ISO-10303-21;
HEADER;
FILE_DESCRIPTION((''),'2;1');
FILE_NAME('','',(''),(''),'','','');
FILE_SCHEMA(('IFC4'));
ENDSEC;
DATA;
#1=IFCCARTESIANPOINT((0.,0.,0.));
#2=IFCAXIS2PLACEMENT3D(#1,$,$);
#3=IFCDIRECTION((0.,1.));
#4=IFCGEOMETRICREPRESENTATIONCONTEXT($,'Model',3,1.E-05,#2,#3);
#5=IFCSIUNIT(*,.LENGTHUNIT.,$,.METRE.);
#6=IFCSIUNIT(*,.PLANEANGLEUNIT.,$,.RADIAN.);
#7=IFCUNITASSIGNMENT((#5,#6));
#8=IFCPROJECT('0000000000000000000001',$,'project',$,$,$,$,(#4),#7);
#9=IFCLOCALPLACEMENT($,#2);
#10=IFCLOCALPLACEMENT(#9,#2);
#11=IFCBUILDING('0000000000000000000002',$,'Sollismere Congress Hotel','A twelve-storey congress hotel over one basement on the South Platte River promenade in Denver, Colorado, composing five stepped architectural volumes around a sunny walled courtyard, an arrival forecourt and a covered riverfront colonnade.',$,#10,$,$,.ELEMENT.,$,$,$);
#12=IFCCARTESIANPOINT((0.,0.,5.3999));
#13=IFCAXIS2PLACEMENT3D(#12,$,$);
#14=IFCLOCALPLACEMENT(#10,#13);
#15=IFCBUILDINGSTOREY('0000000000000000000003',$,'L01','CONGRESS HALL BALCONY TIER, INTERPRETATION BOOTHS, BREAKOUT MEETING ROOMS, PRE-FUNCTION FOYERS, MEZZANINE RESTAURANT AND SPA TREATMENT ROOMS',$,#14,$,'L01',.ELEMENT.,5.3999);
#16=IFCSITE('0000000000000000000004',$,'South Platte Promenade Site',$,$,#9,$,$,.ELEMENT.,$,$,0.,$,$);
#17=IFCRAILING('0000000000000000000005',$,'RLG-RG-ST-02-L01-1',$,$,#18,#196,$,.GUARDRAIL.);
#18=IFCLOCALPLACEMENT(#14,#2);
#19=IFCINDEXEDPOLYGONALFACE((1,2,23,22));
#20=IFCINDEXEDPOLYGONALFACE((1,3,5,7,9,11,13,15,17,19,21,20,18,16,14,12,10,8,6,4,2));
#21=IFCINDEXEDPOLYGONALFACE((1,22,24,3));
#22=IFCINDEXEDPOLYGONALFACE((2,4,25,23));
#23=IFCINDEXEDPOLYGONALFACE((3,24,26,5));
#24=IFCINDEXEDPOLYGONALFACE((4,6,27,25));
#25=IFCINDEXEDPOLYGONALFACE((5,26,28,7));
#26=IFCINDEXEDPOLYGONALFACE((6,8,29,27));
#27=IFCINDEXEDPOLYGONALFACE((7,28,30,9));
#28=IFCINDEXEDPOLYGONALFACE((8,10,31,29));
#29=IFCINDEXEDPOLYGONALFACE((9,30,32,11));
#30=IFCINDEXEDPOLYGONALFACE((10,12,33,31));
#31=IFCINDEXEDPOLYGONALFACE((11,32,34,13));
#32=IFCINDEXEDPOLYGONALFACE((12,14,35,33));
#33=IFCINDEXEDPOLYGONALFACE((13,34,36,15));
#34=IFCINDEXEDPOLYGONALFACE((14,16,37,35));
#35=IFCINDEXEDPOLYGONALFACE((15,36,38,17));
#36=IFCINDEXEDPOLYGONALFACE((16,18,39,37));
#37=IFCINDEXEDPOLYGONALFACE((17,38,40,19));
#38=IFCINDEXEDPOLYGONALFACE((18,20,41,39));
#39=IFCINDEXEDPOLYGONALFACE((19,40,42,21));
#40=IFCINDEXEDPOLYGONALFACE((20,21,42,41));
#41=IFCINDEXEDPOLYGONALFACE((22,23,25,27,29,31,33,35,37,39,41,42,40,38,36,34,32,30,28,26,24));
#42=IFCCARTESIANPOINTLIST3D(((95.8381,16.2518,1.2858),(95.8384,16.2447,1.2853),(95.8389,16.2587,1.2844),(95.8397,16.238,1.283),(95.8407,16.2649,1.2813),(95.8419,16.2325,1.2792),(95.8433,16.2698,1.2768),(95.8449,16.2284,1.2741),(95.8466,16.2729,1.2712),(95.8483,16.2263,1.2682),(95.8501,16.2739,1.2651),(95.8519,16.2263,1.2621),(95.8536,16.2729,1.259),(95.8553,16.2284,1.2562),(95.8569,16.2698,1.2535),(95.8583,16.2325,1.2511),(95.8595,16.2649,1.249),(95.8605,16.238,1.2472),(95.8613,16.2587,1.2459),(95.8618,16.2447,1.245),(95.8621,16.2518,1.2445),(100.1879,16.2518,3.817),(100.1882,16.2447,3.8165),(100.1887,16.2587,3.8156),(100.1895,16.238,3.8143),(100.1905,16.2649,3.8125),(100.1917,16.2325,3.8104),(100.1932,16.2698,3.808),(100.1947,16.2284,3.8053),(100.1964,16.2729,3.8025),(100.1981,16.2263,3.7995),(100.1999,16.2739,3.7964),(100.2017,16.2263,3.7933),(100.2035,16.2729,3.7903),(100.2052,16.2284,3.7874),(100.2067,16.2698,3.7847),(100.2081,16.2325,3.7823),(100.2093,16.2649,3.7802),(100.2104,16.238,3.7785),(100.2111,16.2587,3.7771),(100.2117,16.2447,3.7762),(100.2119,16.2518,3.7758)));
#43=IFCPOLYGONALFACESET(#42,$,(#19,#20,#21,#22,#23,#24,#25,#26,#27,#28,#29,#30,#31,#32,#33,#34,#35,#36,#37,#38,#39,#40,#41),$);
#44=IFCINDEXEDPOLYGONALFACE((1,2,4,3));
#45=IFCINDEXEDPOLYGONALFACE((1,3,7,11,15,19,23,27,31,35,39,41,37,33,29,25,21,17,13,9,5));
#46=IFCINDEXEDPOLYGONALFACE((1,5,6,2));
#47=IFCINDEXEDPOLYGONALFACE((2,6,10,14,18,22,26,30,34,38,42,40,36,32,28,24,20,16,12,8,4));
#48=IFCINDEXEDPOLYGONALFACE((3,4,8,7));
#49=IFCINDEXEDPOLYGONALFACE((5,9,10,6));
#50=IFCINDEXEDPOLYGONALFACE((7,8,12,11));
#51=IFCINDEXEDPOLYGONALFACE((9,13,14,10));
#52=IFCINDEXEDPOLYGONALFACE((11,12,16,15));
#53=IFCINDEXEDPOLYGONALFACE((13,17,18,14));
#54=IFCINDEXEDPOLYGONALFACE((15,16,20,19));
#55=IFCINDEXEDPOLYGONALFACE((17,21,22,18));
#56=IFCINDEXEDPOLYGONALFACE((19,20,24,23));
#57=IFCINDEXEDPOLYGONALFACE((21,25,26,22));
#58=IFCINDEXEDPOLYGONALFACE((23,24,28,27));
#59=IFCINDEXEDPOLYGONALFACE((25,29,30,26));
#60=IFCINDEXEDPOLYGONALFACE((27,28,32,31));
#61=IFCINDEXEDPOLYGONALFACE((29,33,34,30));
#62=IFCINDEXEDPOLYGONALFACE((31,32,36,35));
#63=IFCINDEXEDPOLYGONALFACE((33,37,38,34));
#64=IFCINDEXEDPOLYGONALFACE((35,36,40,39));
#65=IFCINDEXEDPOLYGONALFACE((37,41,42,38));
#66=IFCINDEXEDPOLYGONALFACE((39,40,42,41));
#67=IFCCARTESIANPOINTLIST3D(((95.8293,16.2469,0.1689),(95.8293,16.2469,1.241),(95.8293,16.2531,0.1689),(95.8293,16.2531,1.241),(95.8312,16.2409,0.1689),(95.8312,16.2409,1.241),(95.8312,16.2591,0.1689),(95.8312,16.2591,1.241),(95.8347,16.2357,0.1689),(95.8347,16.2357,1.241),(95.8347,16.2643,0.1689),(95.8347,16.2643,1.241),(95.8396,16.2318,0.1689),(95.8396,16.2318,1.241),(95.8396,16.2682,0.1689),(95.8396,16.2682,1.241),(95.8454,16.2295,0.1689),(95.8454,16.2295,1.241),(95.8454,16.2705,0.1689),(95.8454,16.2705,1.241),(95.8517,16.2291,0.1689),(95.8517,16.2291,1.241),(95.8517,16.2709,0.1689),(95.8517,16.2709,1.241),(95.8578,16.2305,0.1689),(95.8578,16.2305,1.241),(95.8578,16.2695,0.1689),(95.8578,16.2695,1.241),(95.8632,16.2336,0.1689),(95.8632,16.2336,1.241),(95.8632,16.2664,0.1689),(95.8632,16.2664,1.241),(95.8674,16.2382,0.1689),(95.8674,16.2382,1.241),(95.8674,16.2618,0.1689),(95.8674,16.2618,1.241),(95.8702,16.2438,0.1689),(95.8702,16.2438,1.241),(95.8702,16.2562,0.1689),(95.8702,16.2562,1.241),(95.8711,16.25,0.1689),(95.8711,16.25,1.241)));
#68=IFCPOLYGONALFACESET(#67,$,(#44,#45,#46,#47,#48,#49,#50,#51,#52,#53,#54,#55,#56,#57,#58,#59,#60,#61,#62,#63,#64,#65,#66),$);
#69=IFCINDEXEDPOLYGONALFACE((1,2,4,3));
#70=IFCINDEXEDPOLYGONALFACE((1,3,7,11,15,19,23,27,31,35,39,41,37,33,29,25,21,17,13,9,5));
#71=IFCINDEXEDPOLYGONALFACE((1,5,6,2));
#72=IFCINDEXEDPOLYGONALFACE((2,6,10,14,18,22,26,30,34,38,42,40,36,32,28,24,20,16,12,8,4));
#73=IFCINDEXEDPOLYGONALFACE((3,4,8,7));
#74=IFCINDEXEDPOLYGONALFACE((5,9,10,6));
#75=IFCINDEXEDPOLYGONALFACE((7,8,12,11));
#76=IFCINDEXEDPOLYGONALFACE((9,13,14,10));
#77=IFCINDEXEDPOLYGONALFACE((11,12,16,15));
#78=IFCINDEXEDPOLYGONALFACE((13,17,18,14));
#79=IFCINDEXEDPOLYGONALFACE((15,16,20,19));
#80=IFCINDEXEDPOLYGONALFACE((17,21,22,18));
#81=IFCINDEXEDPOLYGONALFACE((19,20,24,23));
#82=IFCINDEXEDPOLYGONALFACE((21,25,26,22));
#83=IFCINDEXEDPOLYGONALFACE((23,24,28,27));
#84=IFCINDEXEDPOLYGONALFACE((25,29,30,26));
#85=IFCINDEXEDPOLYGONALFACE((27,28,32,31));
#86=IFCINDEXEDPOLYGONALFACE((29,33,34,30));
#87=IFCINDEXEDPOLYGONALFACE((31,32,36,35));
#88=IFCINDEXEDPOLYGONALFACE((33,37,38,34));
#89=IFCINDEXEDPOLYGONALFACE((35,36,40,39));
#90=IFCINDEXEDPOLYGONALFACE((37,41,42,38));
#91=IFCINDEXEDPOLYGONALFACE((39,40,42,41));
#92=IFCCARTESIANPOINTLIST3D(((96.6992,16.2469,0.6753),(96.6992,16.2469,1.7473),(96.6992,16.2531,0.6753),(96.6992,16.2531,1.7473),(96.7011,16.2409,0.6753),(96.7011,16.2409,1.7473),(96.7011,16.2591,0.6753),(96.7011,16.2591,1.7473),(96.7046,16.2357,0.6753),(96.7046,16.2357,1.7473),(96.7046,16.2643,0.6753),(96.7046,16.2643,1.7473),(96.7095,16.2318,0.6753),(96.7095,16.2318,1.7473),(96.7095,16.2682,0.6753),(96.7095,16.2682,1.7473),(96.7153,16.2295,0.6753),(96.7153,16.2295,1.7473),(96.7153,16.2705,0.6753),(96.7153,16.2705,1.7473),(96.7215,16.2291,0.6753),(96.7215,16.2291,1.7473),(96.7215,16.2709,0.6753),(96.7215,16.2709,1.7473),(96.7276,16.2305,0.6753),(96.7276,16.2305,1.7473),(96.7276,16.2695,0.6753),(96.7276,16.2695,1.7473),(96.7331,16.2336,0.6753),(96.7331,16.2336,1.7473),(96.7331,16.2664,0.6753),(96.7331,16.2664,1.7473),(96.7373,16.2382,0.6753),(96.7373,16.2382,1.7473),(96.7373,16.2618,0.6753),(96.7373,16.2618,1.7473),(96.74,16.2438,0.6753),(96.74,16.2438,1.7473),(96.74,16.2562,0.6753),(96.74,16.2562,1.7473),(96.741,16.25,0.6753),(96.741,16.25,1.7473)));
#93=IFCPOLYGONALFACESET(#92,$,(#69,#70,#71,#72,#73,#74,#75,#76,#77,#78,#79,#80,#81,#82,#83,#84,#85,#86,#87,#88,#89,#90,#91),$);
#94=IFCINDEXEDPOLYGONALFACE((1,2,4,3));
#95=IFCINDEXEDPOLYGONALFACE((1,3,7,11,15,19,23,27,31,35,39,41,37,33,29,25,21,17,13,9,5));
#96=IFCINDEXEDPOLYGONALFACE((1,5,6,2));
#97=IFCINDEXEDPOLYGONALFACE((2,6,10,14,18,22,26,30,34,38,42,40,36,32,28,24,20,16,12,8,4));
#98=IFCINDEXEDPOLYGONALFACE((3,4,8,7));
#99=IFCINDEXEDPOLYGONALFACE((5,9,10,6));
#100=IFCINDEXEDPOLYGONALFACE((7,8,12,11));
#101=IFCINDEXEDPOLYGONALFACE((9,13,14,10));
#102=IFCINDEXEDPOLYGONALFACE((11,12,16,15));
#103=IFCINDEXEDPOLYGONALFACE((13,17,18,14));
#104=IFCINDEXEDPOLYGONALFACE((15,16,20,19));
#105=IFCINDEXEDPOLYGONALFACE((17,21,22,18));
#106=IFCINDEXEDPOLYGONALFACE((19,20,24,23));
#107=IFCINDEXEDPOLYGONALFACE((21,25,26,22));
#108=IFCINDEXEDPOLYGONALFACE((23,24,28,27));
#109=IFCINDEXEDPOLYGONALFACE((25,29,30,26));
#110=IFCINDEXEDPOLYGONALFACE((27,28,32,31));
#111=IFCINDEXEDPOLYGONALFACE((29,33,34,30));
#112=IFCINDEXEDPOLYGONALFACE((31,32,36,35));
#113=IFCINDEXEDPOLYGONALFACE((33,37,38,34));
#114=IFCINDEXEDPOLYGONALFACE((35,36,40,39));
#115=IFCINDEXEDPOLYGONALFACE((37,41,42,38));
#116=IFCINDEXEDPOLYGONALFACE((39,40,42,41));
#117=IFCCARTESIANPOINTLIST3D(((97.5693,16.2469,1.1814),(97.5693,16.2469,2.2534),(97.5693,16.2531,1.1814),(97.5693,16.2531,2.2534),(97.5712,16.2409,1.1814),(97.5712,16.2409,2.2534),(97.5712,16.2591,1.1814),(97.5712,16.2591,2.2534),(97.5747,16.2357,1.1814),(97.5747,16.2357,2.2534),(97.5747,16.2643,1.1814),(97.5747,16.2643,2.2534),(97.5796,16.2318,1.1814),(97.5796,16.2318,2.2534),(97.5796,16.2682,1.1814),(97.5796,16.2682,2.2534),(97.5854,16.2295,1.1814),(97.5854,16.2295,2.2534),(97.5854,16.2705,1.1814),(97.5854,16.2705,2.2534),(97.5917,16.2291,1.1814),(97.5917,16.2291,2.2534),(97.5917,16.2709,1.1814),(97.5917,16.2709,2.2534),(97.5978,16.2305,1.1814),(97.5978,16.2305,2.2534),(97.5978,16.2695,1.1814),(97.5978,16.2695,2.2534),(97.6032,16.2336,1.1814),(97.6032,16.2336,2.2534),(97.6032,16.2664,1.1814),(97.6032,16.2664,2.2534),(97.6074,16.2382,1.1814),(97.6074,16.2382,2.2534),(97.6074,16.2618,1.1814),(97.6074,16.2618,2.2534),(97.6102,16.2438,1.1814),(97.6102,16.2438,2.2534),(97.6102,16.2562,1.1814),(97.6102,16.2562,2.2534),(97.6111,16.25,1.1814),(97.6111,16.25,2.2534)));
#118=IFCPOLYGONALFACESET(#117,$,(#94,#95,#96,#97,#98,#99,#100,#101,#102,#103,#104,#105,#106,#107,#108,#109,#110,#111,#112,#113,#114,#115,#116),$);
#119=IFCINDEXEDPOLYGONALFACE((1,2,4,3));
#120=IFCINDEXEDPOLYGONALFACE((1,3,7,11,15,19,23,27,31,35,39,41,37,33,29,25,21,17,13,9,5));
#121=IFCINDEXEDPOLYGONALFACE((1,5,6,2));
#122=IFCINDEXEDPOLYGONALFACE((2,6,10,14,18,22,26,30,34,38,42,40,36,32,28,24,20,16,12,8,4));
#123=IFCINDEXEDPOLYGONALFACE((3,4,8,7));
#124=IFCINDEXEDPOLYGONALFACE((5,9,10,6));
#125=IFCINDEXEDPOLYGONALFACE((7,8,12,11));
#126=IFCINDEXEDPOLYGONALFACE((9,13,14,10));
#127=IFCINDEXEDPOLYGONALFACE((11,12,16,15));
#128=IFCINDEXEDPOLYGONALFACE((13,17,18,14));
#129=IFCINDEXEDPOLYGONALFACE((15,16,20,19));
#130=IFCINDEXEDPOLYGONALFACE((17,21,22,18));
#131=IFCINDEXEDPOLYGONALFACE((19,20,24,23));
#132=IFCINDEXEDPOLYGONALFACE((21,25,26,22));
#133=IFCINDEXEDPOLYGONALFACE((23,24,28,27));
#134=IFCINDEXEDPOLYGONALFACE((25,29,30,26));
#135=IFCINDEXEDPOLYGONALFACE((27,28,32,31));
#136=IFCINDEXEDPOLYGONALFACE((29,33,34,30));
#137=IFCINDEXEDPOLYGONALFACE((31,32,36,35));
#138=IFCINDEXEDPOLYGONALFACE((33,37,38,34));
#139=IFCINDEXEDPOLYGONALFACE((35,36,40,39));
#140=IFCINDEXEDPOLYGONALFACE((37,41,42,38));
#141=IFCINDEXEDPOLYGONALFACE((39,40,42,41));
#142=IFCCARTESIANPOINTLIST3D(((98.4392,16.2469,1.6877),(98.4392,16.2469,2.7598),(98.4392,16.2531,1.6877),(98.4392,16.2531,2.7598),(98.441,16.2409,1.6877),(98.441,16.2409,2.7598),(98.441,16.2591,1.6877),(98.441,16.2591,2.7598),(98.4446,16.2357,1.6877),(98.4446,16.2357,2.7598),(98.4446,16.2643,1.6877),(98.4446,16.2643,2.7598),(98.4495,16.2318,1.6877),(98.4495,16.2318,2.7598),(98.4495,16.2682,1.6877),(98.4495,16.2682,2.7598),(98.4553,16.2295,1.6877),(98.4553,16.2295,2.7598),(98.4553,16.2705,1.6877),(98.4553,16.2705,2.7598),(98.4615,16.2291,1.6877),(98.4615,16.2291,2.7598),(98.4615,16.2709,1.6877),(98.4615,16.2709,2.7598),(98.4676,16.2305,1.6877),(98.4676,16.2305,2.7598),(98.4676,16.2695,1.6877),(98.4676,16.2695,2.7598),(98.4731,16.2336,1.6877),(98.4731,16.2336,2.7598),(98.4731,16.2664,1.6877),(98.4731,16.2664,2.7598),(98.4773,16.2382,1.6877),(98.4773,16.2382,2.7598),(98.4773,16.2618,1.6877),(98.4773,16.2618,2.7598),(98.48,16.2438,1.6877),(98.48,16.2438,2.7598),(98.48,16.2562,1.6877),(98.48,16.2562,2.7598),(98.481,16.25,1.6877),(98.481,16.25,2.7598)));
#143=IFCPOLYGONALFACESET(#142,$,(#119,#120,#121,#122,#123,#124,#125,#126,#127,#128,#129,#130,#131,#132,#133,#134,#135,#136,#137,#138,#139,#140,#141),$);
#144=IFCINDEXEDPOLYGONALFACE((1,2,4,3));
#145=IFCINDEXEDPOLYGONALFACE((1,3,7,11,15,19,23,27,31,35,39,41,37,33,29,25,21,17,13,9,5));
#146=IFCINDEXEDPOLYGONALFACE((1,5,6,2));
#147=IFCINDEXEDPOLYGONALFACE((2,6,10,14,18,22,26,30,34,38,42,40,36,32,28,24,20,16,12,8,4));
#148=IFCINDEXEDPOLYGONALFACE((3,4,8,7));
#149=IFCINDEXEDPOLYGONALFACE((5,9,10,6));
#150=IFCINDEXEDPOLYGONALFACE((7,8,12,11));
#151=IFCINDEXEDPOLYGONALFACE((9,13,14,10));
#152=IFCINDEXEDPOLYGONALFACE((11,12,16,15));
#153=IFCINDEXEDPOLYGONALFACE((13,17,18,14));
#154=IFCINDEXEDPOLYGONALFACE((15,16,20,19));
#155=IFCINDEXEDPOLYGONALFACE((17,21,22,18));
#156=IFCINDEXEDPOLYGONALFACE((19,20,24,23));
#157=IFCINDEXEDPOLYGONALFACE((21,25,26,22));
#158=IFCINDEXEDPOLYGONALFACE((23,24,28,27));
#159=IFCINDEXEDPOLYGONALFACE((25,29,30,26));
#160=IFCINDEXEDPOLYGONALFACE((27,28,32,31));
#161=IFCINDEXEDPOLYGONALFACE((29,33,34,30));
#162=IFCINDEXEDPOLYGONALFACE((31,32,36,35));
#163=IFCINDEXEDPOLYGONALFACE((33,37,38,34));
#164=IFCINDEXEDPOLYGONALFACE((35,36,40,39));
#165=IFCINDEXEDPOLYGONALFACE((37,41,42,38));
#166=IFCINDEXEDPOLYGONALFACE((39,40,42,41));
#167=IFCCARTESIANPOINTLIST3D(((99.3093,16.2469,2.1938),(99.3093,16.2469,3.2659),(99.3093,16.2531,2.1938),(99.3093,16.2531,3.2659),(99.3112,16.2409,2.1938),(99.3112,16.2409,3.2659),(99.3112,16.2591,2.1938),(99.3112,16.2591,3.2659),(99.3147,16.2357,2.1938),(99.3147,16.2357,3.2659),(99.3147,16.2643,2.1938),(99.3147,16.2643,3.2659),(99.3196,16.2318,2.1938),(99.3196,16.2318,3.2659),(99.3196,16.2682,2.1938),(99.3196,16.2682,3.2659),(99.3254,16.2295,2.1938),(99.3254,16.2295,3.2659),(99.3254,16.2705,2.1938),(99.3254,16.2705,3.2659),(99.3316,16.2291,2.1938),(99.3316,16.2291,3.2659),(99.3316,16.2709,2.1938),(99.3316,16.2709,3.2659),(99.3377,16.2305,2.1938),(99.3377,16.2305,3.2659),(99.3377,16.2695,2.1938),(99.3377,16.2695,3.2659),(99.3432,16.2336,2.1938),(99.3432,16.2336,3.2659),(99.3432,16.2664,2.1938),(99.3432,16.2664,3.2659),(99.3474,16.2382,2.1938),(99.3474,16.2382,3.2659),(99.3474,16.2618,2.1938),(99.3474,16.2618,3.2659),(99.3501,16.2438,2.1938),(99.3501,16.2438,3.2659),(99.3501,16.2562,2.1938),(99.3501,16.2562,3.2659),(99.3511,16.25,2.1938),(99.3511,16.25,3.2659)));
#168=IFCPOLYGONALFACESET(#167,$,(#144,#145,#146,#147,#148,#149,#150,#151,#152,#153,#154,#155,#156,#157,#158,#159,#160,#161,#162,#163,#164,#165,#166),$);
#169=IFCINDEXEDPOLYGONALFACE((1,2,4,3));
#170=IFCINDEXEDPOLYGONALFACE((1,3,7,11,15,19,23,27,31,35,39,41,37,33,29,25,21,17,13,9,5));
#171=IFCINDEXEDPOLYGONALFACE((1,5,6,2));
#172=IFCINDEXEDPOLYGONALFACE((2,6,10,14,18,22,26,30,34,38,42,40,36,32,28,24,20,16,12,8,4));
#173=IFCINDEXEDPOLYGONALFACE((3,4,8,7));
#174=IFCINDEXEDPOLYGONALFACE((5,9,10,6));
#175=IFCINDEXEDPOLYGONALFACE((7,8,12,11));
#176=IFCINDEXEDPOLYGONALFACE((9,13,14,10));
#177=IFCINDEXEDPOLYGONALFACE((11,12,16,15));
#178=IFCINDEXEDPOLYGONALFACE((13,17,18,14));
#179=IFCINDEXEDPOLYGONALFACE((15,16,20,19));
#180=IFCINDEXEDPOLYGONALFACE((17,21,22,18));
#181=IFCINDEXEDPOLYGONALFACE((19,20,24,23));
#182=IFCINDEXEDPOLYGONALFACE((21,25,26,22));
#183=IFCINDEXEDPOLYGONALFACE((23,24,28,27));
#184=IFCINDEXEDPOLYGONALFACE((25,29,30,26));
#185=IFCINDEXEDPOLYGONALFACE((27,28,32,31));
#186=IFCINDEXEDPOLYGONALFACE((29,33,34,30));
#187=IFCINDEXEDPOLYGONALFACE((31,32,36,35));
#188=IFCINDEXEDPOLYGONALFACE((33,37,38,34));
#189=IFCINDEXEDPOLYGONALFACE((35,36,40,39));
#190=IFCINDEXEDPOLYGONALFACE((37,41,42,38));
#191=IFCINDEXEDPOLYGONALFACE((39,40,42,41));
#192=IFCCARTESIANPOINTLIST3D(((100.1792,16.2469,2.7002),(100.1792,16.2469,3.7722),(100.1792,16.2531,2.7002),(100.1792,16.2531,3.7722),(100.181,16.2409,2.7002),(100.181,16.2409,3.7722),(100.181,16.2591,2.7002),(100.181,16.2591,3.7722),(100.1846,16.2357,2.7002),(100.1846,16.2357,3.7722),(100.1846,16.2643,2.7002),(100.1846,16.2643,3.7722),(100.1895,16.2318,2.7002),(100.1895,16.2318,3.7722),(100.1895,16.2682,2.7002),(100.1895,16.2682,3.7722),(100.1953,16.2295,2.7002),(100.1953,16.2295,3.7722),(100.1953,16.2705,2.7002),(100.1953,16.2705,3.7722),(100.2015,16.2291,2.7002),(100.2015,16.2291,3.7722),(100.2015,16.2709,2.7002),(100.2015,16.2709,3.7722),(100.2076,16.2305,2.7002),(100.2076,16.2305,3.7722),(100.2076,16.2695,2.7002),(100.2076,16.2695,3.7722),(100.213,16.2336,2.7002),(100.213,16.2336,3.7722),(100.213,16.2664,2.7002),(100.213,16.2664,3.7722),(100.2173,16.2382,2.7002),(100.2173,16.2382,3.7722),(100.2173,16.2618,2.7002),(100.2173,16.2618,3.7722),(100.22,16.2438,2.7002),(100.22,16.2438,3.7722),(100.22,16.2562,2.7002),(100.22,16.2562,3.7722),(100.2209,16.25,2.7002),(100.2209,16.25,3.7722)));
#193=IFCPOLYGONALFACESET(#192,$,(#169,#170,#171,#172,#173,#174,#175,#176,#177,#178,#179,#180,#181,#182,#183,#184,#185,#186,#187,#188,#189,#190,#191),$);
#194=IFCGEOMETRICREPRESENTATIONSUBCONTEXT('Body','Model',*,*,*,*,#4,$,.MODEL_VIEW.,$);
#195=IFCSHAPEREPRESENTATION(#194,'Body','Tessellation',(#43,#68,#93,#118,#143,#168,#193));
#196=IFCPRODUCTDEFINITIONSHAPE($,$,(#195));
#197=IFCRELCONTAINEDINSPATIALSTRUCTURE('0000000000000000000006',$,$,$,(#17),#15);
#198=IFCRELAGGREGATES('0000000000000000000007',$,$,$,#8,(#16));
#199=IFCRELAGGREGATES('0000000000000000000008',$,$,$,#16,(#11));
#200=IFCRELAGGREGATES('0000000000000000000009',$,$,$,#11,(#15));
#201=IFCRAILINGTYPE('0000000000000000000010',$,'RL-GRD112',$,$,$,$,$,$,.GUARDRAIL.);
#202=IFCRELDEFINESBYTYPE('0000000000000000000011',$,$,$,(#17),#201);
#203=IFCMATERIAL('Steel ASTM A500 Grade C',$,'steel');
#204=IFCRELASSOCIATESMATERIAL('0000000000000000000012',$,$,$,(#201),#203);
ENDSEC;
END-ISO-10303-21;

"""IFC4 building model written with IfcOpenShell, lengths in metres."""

from ifc_helpers import new_model, si_unit, direction, frame, origin, origin_2d, place, context, subcontext, project, spatial, circle, extrude, material, type_object, element, save


model = new_model("IFC4")

# Units and contexts
model_context = context("Model", 3, precision=1e-05, world=origin(), true_north=direction((0.0, 1.0)))
body_context = subcontext(model_context, "Body", "Model", "MODEL_VIEW")
ifc_project = project(units=[si_unit("LENGTHUNIT", "METRE"), si_unit("PLANEANGLEUNIT", "RADIAN")], contexts=[model_context])

# Site, building, storey
site_placement = place(None, origin())
site = spatial("IfcSite", under=ifc_project, at=site_placement, Name="South Platte Promenade Site", CompositionType="ELEMENT", RefElevation=0.0)
building_placement = place(site_placement, origin())
building = spatial("IfcBuilding", under=site, at=building_placement, Name="Sollismere Congress Hotel", Description="A twelve-storey congress hotel over one basement on the South Platte River promenade in Denver, Colorado, composing five stepped architectural volumes around a sunny walled courtyard, an arrival forecourt and a covered riverfront colonnade.", CompositionType="ELEMENT")
storey_placement = place(building_placement, frame((0.0, 0.0, 5.3999)))
storey = spatial("IfcBuildingStorey", under=building, at=storey_placement, Name="L01", Description="CONGRESS HALL BALCONY TIER, INTERPRETATION BOOTHS, BREAKOUT MEETING ROOMS, PRE-FUNCTION FOYERS, MEZZANINE RESTAURANT AND SPA TREATMENT ROOMS", LongName="L01", CompositionType="ELEMENT", Elevation=5.3999)

# Shared definitions
ifc_material_1 = material(Name="Steel ASTM A500 Grade C", Category="steel")

# Railing
railing_type_1 = type_object("IfcRailingType", Name="RL-GRD112", PredefinedType="GUARDRAIL", material=ifc_material_1)
railing_1_placement = place(storey_placement, frame((95.8501, 16.25, 0.1689)))
element("IfcRailing", 1, at=railing_1_placement, inside=storey, type_object=railing_type_1, Name="RLG-RG-ST-02-L01-1", PredefinedType="GUARDRAIL", context=body_context, shape_type="SweptSolid", body=[
    extrude(circle(Radius=0.0239, at=origin_2d()), frame((0.0, 0.0, 1.0962), z_axis=(0.864312, 0.0, 0.502957), x_axis=(0.0, 1.0, 0.0)), (0.0, 0.0, 1.0), 5.0327),
    extrude(circle(Radius=0.021, at=origin_2d()), origin(), (0.0, 0.0, 1.0), 1.072),
    extrude(circle(Radius=0.021, at=origin_2d()), frame((0.8699, 0.0, 0.5063)), (0.0, 0.0, 1.0), 1.072),
    extrude(circle(Radius=0.021, at=origin_2d()), frame((1.74, 0.0, 1.0125)), (0.0, 0.0, 1.0), 1.072),
    extrude(circle(Radius=0.021, at=origin_2d()), frame((2.6099, 0.0, 1.5188)), (0.0, 0.0, 1.0), 1.072),
    extrude(circle(Radius=0.021, at=origin_2d()), frame((3.48, 0.0, 2.0249)), (0.0, 0.0, 1.0), 1.072),
    extrude(circle(Radius=0.021, at=origin_2d()), frame((4.3499, 0.0, 2.5312)), (0.0, 0.0, 1.0), 1.072),
])

save(model, "model.ifc")
